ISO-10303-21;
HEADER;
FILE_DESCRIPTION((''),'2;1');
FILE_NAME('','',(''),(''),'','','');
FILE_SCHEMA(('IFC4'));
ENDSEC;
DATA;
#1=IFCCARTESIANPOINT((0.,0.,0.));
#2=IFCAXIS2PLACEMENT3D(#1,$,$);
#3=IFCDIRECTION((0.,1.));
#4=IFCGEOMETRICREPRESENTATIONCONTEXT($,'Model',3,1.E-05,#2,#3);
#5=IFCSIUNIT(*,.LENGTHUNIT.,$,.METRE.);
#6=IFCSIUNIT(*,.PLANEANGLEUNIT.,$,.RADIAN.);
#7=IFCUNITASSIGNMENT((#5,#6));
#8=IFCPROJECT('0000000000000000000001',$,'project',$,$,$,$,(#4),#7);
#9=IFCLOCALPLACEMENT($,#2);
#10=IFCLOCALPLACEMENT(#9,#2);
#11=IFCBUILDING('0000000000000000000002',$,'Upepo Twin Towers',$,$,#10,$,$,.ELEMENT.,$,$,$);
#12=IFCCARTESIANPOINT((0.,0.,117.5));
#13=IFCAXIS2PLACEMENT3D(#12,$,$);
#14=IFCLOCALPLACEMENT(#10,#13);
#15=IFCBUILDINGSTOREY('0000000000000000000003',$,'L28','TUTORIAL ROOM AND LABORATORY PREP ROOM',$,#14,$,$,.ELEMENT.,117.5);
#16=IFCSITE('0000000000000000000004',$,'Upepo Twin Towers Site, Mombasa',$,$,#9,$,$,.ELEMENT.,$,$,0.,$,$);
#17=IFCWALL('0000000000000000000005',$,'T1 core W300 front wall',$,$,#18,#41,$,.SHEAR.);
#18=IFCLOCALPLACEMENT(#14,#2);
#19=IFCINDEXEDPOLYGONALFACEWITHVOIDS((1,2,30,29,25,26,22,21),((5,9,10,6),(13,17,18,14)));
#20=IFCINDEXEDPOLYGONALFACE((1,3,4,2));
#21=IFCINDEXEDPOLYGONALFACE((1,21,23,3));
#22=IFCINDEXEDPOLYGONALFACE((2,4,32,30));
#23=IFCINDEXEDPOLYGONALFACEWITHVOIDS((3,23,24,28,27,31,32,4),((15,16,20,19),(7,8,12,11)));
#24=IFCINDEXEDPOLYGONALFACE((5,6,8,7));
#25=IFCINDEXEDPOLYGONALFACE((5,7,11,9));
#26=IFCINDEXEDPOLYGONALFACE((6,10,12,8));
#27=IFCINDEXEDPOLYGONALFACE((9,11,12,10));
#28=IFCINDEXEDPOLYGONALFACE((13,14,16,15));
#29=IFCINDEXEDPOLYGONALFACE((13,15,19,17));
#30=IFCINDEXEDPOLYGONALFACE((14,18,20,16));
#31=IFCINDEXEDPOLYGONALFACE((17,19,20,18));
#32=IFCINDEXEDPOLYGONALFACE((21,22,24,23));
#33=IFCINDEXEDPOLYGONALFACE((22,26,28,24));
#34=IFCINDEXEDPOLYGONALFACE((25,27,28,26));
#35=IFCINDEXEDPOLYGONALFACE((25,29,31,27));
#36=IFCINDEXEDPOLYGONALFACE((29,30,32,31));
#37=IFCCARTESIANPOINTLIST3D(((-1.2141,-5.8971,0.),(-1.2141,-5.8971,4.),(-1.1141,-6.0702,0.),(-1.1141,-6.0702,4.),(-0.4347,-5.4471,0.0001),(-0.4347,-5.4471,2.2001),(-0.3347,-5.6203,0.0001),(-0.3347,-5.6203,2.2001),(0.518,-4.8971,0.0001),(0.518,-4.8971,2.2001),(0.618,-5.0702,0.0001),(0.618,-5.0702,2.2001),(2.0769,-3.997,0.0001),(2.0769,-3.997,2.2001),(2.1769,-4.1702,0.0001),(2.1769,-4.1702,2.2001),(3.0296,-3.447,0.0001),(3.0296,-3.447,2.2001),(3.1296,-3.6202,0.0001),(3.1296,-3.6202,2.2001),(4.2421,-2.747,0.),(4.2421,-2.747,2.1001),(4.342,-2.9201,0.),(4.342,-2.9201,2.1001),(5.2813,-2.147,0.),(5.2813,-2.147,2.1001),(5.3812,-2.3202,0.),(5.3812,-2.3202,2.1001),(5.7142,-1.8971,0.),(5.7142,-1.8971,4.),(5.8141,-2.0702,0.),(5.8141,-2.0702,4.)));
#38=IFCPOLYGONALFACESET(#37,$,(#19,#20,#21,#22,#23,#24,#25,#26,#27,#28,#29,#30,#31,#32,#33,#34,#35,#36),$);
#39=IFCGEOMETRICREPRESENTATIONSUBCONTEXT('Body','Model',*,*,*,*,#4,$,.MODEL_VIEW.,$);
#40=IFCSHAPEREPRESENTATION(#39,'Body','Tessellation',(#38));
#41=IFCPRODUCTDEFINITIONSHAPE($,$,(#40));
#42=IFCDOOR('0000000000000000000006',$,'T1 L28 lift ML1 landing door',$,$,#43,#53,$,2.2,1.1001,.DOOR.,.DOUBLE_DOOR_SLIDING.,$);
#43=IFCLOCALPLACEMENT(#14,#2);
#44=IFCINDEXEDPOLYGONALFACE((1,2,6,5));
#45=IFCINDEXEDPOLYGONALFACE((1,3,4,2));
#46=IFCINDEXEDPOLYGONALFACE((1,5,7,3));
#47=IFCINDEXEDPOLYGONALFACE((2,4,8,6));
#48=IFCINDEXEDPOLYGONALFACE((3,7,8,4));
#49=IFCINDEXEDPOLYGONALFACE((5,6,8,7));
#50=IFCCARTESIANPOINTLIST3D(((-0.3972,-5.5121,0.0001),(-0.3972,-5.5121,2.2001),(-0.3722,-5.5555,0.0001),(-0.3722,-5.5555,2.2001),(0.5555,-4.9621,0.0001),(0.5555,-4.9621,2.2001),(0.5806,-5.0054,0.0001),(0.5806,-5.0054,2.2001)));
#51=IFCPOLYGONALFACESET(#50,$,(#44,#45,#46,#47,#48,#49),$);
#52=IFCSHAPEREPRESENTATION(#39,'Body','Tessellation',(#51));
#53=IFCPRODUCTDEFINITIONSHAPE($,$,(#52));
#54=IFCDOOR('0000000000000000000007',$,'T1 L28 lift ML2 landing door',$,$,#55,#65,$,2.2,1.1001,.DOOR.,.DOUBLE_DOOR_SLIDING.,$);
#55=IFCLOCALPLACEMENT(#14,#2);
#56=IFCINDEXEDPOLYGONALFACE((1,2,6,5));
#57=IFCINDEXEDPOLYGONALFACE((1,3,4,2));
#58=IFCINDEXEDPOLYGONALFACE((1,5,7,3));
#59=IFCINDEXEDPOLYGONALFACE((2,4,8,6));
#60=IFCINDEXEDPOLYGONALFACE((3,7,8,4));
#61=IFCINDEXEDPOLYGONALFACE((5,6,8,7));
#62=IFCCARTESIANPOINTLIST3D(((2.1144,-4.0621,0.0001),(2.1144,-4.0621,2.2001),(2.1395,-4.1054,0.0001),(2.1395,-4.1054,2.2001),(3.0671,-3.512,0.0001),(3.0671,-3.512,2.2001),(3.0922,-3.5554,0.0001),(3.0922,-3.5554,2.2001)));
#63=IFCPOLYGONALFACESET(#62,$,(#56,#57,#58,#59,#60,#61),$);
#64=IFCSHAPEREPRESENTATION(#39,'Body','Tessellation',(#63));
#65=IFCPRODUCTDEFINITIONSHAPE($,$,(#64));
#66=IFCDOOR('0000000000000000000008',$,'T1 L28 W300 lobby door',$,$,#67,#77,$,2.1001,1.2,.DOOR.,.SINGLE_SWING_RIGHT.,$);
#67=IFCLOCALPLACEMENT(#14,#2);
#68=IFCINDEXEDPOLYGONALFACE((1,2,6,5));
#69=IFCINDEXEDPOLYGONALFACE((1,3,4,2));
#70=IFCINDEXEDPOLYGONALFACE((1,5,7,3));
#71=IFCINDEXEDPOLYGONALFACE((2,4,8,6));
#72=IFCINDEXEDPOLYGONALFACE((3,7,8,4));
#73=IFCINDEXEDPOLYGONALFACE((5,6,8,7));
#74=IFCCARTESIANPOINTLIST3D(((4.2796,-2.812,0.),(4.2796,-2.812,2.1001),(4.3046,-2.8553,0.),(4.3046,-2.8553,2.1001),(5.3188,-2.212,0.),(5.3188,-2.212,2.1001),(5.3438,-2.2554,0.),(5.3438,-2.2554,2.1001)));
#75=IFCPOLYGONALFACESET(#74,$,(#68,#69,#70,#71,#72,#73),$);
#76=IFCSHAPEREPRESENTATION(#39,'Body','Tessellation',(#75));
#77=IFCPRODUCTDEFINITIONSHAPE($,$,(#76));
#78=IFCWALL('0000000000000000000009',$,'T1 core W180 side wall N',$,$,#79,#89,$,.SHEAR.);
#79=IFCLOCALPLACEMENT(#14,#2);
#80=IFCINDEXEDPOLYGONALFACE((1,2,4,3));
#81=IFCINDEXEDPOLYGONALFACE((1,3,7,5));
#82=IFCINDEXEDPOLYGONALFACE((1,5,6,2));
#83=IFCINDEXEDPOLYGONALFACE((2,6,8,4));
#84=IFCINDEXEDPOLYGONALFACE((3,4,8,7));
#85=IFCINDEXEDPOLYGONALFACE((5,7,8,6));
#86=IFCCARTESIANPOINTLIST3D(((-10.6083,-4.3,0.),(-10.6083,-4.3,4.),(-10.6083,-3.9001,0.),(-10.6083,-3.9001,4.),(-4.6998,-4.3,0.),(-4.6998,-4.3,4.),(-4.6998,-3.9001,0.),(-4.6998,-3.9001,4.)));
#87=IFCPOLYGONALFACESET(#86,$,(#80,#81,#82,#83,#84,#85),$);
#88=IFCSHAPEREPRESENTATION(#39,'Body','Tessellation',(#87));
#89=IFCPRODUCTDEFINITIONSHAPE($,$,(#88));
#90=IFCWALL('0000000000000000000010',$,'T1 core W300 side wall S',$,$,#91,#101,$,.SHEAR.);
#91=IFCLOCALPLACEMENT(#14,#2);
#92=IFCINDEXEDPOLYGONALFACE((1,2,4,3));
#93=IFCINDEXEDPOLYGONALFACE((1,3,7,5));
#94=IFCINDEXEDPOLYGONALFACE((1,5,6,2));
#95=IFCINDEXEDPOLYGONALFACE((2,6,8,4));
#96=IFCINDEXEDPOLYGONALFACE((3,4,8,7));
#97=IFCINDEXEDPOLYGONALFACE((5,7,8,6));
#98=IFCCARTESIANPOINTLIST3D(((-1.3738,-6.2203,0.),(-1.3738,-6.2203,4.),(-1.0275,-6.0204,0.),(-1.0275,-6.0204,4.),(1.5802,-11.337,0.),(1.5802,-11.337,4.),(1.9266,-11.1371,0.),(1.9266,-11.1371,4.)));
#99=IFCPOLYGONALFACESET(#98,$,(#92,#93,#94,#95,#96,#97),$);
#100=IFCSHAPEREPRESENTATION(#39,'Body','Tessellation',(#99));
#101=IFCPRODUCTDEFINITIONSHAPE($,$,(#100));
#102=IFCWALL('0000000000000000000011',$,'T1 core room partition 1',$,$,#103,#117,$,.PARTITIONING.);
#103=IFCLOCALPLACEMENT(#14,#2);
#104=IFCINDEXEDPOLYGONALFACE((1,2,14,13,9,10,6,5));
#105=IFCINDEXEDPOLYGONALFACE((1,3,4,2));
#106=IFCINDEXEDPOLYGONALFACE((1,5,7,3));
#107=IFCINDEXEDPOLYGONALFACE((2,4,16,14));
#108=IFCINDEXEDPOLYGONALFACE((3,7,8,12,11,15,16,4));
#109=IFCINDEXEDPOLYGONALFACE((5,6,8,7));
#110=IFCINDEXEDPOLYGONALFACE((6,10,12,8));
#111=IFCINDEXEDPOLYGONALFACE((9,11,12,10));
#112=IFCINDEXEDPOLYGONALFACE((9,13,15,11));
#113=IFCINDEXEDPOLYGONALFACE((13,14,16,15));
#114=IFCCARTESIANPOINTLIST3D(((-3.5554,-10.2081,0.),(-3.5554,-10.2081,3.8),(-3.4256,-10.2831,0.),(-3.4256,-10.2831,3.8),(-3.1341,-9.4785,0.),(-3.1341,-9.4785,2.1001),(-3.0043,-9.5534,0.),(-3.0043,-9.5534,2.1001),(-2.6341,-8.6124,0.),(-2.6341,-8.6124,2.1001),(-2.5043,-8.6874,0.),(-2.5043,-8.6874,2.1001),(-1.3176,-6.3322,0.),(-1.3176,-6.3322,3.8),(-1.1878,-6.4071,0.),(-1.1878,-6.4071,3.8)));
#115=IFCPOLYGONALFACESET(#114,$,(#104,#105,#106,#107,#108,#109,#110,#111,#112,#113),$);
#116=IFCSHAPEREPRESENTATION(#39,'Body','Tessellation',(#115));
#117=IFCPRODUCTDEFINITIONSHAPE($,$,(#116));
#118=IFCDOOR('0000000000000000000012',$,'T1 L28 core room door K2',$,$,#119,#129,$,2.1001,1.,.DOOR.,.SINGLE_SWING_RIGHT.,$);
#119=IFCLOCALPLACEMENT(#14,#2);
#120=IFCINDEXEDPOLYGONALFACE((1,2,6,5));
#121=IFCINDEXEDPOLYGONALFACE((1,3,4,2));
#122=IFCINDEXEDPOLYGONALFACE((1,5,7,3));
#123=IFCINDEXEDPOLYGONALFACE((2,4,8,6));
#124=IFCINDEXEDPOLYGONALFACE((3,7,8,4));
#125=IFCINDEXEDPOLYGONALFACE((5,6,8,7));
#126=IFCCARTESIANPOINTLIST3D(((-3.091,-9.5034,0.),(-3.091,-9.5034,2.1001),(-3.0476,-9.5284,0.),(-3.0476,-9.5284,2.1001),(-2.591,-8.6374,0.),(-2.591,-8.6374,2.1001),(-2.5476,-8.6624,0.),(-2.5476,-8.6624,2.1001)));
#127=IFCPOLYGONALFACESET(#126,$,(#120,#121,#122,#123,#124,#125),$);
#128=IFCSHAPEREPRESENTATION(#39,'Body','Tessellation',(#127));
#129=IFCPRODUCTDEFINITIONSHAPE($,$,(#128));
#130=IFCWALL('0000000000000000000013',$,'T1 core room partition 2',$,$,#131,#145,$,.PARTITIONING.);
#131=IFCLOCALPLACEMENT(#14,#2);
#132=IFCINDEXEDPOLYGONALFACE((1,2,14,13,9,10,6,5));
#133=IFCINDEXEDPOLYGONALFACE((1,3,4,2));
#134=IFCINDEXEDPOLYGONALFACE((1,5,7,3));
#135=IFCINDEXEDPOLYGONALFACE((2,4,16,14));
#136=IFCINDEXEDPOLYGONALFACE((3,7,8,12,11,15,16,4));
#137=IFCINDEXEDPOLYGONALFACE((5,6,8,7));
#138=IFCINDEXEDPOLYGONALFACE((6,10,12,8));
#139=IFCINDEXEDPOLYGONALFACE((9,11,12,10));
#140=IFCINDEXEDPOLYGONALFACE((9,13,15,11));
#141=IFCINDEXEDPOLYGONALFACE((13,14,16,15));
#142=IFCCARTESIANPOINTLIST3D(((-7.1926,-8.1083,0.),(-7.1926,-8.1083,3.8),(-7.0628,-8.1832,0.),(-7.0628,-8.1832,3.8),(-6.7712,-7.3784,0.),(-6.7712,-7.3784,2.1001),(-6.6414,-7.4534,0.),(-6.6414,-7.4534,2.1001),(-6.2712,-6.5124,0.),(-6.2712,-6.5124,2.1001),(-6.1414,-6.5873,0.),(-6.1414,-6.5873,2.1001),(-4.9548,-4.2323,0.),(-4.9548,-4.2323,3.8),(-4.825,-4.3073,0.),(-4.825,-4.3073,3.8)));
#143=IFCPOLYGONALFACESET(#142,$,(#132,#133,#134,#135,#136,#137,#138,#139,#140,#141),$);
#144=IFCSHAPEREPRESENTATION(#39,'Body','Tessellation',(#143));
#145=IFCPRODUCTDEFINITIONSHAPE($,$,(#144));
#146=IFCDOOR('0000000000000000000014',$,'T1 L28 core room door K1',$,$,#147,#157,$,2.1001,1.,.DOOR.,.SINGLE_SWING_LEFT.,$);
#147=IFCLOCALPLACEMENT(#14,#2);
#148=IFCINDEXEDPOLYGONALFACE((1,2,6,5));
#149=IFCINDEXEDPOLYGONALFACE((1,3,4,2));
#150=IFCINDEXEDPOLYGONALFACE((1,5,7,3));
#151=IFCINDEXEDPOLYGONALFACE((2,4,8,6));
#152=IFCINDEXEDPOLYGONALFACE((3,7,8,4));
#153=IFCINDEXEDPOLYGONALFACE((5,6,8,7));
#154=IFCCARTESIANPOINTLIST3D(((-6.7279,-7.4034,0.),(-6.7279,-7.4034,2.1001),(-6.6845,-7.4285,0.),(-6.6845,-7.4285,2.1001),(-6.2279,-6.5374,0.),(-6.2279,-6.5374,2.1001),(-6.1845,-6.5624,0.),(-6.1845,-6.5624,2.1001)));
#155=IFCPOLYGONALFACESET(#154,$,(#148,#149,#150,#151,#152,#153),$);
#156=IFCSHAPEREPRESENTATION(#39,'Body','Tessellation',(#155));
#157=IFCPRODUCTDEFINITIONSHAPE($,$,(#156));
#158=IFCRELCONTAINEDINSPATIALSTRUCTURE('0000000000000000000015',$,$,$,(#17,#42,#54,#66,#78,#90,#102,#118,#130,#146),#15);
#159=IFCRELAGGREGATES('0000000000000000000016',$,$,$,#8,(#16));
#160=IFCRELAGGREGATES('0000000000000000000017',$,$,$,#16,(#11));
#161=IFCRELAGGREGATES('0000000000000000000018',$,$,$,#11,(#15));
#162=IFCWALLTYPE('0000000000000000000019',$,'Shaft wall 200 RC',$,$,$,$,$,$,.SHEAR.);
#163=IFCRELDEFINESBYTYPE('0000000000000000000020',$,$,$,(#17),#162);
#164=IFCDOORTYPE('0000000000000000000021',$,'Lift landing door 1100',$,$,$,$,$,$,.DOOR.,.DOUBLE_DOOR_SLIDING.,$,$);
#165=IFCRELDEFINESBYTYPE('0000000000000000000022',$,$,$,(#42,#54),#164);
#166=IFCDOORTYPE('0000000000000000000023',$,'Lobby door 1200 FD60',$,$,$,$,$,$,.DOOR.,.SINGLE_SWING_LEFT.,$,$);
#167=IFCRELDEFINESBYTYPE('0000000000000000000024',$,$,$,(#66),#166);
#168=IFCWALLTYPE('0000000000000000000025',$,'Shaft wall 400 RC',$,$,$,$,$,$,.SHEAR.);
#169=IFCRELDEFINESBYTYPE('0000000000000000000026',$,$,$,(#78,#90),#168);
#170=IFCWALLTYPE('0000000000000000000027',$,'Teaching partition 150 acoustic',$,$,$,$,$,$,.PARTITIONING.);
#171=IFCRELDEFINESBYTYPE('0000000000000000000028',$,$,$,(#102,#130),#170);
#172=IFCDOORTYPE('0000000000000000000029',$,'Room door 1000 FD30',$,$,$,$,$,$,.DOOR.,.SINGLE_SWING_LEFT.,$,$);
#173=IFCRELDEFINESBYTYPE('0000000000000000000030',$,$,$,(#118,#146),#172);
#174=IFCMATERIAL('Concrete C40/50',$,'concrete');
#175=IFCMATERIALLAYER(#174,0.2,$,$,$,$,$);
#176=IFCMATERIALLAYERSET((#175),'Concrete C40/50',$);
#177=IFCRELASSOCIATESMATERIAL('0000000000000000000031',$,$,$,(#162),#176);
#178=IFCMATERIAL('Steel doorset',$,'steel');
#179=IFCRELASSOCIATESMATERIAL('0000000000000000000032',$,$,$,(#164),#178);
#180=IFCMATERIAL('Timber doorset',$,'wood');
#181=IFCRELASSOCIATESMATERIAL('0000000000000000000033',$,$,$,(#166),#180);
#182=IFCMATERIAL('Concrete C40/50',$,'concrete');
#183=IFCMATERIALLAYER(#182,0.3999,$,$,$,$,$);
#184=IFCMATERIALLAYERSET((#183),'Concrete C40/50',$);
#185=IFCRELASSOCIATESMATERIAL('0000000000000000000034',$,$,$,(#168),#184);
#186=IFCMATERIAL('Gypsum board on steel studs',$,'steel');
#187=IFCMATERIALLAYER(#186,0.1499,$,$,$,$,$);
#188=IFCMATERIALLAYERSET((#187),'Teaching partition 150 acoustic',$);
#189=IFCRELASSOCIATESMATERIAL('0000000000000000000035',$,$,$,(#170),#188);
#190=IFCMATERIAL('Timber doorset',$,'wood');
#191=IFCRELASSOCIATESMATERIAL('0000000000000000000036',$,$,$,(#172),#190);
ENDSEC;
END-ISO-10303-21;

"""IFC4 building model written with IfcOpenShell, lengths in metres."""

from ifc_helpers import new_model, si_unit, direction, frame, frame_2d, origin, place, context, subcontext, project, spatial, rectangle, extrude, material, layer, layer_set, type_object, element, fill, save


model = new_model("IFC4")

# Units and contexts
model_context = context("Model", 3, precision=1e-05, world=origin(), true_north=direction((0.0, 1.0)))
body_context = subcontext(model_context, "Body", "Model", "MODEL_VIEW")
ifc_project = project(units=[si_unit("LENGTHUNIT", "METRE"), si_unit("PLANEANGLEUNIT", "RADIAN")], contexts=[model_context])

# Site, building, storey
site_placement = place(None, origin())
site = spatial("IfcSite", under=ifc_project, at=site_placement, Name="Upepo Twin Towers Site, Mombasa", CompositionType="ELEMENT", RefElevation=0.0)
building_placement = place(site_placement, origin())
building = spatial("IfcBuilding", under=site, at=building_placement, Name="Upepo Twin Towers", CompositionType="ELEMENT")
storey_placement = place(building_placement, frame((0.0, 0.0, 117.5)))
storey = spatial("IfcBuildingStorey", under=building, at=storey_placement, Name="L28", Description="TUTORIAL ROOM AND LABORATORY PREP ROOM", CompositionType="ELEMENT", Elevation=117.5)

# Shared definitions
ifc_material_1 = material(Name="Concrete C40/50", Category="concrete")
ifc_layer_1 = layer(ifc_material_1, 0.2)
ifc_layer_set_1 = layer_set([ifc_layer_1], Name="Concrete C40/50")
wall_type_1 = type_object("IfcWallType", Name="Shaft wall 200 RC", PredefinedType="SHEAR", material=ifc_layer_set_1)

# Wall, openings, doors
wall_1_placement = place(storey_placement, frame((-1.1641, -5.9836, 0.0), z_axis=(0.0, 0.0, 1.0), x_axis=(0.866026, 0.499999, 0.0)))
wall_1 = element("IfcWall", 1, at=wall_1_placement, inside=storey, type_object=wall_type_1, Name="T1 core W300 front wall", PredefinedType="SHEAR", context=body_context, shape_type="SweptSolid", body=[
    extrude(rectangle(XDim=8.0, YDim=0.2, at=frame_2d((4.0, 0.0))), origin(), (0.0, 0.0, 1.0), 4.0),
])
opening_1_placement = place(wall_1_placement, frame((6.3, 0.0, 0.0)))
opening_1 = element("IfcOpeningElement", 2, at=opening_1_placement, cuts=wall_1, PredefinedType="OPENING", context=body_context, shape_type="SweptSolid", body=[
    extrude(rectangle(XDim=1.2, YDim=2.1001, at=frame_2d((0.6001, 1.05))), frame((0.0, 0.1099, 0.0), z_axis=(0.0, -1.0, 0.0), x_axis=(1.0, 0.0, 0.0)), (0.0, 0.0, 1.0), 0.22),
])
opening_2_placement = place(wall_1_placement, frame((0.8999, 0.0, 0.0)))
opening_2 = element("IfcOpeningElement", 3, at=opening_2_placement, cuts=wall_1, PredefinedType="OPENING", context=body_context, shape_type="SweptSolid", body=[
    extrude(rectangle(XDim=1.1001, YDim=2.2, at=frame_2d((0.55, 1.1001))), frame((0.0, 0.1099, 0.0), z_axis=(0.0, -1.0, 0.0), x_axis=(1.0, 0.0, 0.0)), (0.0, 0.0, 1.0), 0.22),
])
opening_3_placement = place(wall_1_placement, frame((3.8, 0.0, 0.0)))
opening_3 = element("IfcOpeningElement", 4, at=opening_3_placement, cuts=wall_1, PredefinedType="OPENING", context=body_context, shape_type="SweptSolid", body=[
    extrude(rectangle(XDim=1.1001, YDim=2.2, at=frame_2d((0.55, 1.1001))), frame((0.0, 0.1099, 0.0), z_axis=(0.0, -1.0, 0.0), x_axis=(1.0, 0.0, 0.0)), (0.0, 0.0, 1.0), 0.22),
])
ifc_material_2 = material(Name="Steel doorset", Category="steel")
door_type_1 = type_object("IfcDoorType", Name="Lift landing door 1100", OperationType="DOUBLE_DOOR_SLIDING", PredefinedType="DOOR", material=ifc_material_2)
door_1_placement = place(opening_2_placement, origin())
door_1 = element("IfcDoor", 5, at=door_1_placement, inside=storey, type_object=door_type_1, Name="T1 L28 lift ML1 landing door", OperationType="DOUBLE_DOOR_SLIDING", OverallHeight=2.2, OverallWidth=1.1001, PredefinedType="DOOR", context=body_context, shape_type="SweptSolid", body=[
    extrude(rectangle(XDim=1.1001, YDim=2.2, at=frame_2d((0.55, 1.1001))), frame((0.0, 0.0249, 0.0), z_axis=(0.0, -1.0, 0.0), x_axis=(1.0, 0.0, 0.0)), (0.0, 0.0, 1.0), 0.05),
])
fill(opening_2, door_1)
door_2_placement = place(opening_3_placement, origin())
door_2 = element("IfcDoor", 6, at=door_2_placement, inside=storey, type_object=door_type_1, Name="T1 L28 lift ML2 landing door", OperationType="DOUBLE_DOOR_SLIDING", OverallHeight=2.2, OverallWidth=1.1001, PredefinedType="DOOR", context=body_context, shape_type="SweptSolid", body=[
    extrude(rectangle(XDim=1.1001, YDim=2.2, at=frame_2d((0.55, 1.1001))), frame((0.0, 0.0249, 0.0), z_axis=(0.0, -1.0, 0.0), x_axis=(1.0, 0.0, 0.0)), (0.0, 0.0, 1.0), 0.05),
])
fill(opening_3, door_2)
ifc_material_3 = material(Name="Timber doorset", Category="wood")
door_type_2 = type_object("IfcDoorType", Name="Lobby door 1200 FD60", OperationType="SINGLE_SWING_LEFT", PredefinedType="DOOR", material=ifc_material_3)
door_3_placement = place(opening_1_placement, origin())
door_3 = element("IfcDoor", 7, at=door_3_placement, inside=storey, type_object=door_type_2, Name="T1 L28 W300 lobby door", OperationType="SINGLE_SWING_RIGHT", OverallHeight=2.1001, OverallWidth=1.2, PredefinedType="DOOR", context=body_context, shape_type="SweptSolid", body=[
    extrude(rectangle(XDim=1.2, YDim=2.1001, at=frame_2d((0.6001, 1.05))), frame((0.0, 0.0249, 0.0), z_axis=(0.0, -1.0, 0.0), x_axis=(1.0, 0.0, 0.0)), (0.0, 0.0, 1.0), 0.05),
])
fill(opening_1, door_3)

# Walls
ifc_material_4 = material(Name="Concrete C40/50", Category="concrete")
ifc_layer_2 = layer(ifc_material_4, 0.3999)
ifc_layer_set_2 = layer_set([ifc_layer_2], Name="Concrete C40/50")
wall_type_2 = type_object("IfcWallType", Name="Shaft wall 400 RC", PredefinedType="SHEAR", material=ifc_layer_set_2)
wall_2_placement = place(storey_placement, frame((-4.7, -4.1001, 0.0), z_axis=(0.0, 0.0, 1.0), x_axis=(-1.0, 0.0, 0.0)))
element("IfcWall", 8, at=wall_2_placement, inside=storey, type_object=wall_type_2, Name="T1 core W180 side wall N", PredefinedType="SHEAR", context=body_context, shape_type="SweptSolid", body=[
    extrude(rectangle(XDim=5.9084, YDim=0.3999, at=frame_2d((2.9541, 0.0))), origin(), (0.0, 0.0, 1.0), 4.0),
])
wall_3_placement = place(storey_placement, frame((-1.2007, -6.1204, 0.0), z_axis=(0.0, 0.0, 1.0), x_axis=(0.499997, -0.866027, 0.0)))
element("IfcWall", 9, at=wall_3_placement, inside=storey, type_object=wall_type_2, Name="T1 core W300 side wall S", PredefinedType="SHEAR", context=body_context, shape_type="SweptSolid", body=[
    extrude(rectangle(XDim=5.9082, YDim=0.3999, at=frame_2d((2.9541, 0.0))), origin(), (0.0, 0.0, 1.0), 4.0),
])

# Walls, openings, doors
ifc_material_5 = material(Name="Gypsum board on steel studs", Category="steel")
ifc_layer_3 = layer(ifc_material_5, 0.1499)
ifc_layer_set_3 = layer_set([ifc_layer_3], Name="Teaching partition 150 acoustic")
wall_type_3 = type_object("IfcWallType", Name="Teaching partition 150 acoustic", PredefinedType="PARTITIONING", material=ifc_layer_set_3)
wall_4_placement = place(storey_placement, frame((-1.2527, -6.3696, 0.0), z_axis=(0.0, 0.0, 1.0), x_axis=(-0.499999, -0.866026, 0.0)))
wall_4 = element("IfcWall", 10, at=wall_4_placement, inside=storey, type_object=wall_type_3, Name="T1 core room partition 1", PredefinedType="PARTITIONING", context=body_context, shape_type="SweptSolid", body=[
    extrude(rectangle(XDim=4.4756, YDim=0.1499, at=frame_2d((2.2378, 0.0))), origin(), (0.0, 0.0, 1.0), 3.8),
])
opening_4_placement = place(wall_4_placement, frame((2.6331, 0.0, 0.0)))
opening_4 = element("IfcOpeningElement", 11, at=opening_4_placement, cuts=wall_4, PredefinedType="OPENING", context=body_context, shape_type="SweptSolid", body=[
    extrude(rectangle(XDim=1.0, YDim=2.1001, at=frame_2d((0.5, 1.05))), frame((0.0, 0.085, 0.0), z_axis=(0.0, -1.0, 0.0), x_axis=(1.0, 0.0, 0.0)), (0.0, 0.0, 1.0), 0.1699),
])
ifc_material_6 = material(Name="Timber doorset", Category="wood")
door_type_3 = type_object("IfcDoorType", Name="Room door 1000 FD30", OperationType="SINGLE_SWING_LEFT", PredefinedType="DOOR", material=ifc_material_6)
door_4_placement = place(opening_4_placement, origin())
door_4 = element("IfcDoor", 12, at=door_4_placement, inside=storey, type_object=door_type_3, Name="T1 L28 core room door K2", OperationType="SINGLE_SWING_RIGHT", OverallHeight=2.1001, OverallWidth=1.0, PredefinedType="DOOR", context=body_context, shape_type="SweptSolid", body=[
    extrude(rectangle(XDim=1.0, YDim=2.1001, at=frame_2d((0.5, 1.05))), frame((0.0, 0.0249, 0.0), z_axis=(0.0, -1.0, 0.0), x_axis=(1.0, 0.0, 0.0)), (0.0, 0.0, 1.0), 0.05),
])
fill(opening_4, door_4)
wall_5_placement = place(storey_placement, frame((-7.1277, -8.1458, 0.0), z_axis=(0.0, 0.0, 1.0), x_axis=(0.499999, 0.866026, 0.0)))
wall_5 = element("IfcWall", 13, at=wall_5_placement, inside=storey, type_object=wall_type_3, Name="T1 core room partition 2", PredefinedType="PARTITIONING", context=body_context, shape_type="SweptSolid", body=[
    extrude(rectangle(XDim=4.4756, YDim=0.1499, at=frame_2d((2.2378, 0.0))), origin(), (0.0, 0.0, 1.0), 3.8),
])
opening_5_placement = place(wall_5_placement, frame((0.8428, 0.0, 0.0)))
opening_5 = element("IfcOpeningElement", 14, at=opening_5_placement, cuts=wall_5, PredefinedType="OPENING", context=body_context, shape_type="SweptSolid", body=[
    extrude(rectangle(XDim=1.0, YDim=2.1001, at=frame_2d((0.5, 1.05))), frame((0.0, 0.085, 0.0), z_axis=(0.0, -1.0, 0.0), x_axis=(1.0, 0.0, 0.0)), (0.0, 0.0, 1.0), 0.1699),
])
door_5_placement = place(opening_5_placement, origin())
door_5 = element("IfcDoor", 15, at=door_5_placement, inside=storey, type_object=door_type_3, Name="T1 L28 core room door K1", OperationType="SINGLE_SWING_LEFT", OverallHeight=2.1001, OverallWidth=1.0, PredefinedType="DOOR", context=body_context, shape_type="SweptSolid", body=[
    extrude(rectangle(XDim=1.0, YDim=2.1001, at=frame_2d((0.5, 1.05))), frame((0.0, 0.0249, 0.0), z_axis=(0.0, -1.0, 0.0), x_axis=(1.0, 0.0, 0.0)), (0.0, 0.0, 1.0), 0.05),
])
fill(opening_5, door_5)

save(model, "model.ifc")
